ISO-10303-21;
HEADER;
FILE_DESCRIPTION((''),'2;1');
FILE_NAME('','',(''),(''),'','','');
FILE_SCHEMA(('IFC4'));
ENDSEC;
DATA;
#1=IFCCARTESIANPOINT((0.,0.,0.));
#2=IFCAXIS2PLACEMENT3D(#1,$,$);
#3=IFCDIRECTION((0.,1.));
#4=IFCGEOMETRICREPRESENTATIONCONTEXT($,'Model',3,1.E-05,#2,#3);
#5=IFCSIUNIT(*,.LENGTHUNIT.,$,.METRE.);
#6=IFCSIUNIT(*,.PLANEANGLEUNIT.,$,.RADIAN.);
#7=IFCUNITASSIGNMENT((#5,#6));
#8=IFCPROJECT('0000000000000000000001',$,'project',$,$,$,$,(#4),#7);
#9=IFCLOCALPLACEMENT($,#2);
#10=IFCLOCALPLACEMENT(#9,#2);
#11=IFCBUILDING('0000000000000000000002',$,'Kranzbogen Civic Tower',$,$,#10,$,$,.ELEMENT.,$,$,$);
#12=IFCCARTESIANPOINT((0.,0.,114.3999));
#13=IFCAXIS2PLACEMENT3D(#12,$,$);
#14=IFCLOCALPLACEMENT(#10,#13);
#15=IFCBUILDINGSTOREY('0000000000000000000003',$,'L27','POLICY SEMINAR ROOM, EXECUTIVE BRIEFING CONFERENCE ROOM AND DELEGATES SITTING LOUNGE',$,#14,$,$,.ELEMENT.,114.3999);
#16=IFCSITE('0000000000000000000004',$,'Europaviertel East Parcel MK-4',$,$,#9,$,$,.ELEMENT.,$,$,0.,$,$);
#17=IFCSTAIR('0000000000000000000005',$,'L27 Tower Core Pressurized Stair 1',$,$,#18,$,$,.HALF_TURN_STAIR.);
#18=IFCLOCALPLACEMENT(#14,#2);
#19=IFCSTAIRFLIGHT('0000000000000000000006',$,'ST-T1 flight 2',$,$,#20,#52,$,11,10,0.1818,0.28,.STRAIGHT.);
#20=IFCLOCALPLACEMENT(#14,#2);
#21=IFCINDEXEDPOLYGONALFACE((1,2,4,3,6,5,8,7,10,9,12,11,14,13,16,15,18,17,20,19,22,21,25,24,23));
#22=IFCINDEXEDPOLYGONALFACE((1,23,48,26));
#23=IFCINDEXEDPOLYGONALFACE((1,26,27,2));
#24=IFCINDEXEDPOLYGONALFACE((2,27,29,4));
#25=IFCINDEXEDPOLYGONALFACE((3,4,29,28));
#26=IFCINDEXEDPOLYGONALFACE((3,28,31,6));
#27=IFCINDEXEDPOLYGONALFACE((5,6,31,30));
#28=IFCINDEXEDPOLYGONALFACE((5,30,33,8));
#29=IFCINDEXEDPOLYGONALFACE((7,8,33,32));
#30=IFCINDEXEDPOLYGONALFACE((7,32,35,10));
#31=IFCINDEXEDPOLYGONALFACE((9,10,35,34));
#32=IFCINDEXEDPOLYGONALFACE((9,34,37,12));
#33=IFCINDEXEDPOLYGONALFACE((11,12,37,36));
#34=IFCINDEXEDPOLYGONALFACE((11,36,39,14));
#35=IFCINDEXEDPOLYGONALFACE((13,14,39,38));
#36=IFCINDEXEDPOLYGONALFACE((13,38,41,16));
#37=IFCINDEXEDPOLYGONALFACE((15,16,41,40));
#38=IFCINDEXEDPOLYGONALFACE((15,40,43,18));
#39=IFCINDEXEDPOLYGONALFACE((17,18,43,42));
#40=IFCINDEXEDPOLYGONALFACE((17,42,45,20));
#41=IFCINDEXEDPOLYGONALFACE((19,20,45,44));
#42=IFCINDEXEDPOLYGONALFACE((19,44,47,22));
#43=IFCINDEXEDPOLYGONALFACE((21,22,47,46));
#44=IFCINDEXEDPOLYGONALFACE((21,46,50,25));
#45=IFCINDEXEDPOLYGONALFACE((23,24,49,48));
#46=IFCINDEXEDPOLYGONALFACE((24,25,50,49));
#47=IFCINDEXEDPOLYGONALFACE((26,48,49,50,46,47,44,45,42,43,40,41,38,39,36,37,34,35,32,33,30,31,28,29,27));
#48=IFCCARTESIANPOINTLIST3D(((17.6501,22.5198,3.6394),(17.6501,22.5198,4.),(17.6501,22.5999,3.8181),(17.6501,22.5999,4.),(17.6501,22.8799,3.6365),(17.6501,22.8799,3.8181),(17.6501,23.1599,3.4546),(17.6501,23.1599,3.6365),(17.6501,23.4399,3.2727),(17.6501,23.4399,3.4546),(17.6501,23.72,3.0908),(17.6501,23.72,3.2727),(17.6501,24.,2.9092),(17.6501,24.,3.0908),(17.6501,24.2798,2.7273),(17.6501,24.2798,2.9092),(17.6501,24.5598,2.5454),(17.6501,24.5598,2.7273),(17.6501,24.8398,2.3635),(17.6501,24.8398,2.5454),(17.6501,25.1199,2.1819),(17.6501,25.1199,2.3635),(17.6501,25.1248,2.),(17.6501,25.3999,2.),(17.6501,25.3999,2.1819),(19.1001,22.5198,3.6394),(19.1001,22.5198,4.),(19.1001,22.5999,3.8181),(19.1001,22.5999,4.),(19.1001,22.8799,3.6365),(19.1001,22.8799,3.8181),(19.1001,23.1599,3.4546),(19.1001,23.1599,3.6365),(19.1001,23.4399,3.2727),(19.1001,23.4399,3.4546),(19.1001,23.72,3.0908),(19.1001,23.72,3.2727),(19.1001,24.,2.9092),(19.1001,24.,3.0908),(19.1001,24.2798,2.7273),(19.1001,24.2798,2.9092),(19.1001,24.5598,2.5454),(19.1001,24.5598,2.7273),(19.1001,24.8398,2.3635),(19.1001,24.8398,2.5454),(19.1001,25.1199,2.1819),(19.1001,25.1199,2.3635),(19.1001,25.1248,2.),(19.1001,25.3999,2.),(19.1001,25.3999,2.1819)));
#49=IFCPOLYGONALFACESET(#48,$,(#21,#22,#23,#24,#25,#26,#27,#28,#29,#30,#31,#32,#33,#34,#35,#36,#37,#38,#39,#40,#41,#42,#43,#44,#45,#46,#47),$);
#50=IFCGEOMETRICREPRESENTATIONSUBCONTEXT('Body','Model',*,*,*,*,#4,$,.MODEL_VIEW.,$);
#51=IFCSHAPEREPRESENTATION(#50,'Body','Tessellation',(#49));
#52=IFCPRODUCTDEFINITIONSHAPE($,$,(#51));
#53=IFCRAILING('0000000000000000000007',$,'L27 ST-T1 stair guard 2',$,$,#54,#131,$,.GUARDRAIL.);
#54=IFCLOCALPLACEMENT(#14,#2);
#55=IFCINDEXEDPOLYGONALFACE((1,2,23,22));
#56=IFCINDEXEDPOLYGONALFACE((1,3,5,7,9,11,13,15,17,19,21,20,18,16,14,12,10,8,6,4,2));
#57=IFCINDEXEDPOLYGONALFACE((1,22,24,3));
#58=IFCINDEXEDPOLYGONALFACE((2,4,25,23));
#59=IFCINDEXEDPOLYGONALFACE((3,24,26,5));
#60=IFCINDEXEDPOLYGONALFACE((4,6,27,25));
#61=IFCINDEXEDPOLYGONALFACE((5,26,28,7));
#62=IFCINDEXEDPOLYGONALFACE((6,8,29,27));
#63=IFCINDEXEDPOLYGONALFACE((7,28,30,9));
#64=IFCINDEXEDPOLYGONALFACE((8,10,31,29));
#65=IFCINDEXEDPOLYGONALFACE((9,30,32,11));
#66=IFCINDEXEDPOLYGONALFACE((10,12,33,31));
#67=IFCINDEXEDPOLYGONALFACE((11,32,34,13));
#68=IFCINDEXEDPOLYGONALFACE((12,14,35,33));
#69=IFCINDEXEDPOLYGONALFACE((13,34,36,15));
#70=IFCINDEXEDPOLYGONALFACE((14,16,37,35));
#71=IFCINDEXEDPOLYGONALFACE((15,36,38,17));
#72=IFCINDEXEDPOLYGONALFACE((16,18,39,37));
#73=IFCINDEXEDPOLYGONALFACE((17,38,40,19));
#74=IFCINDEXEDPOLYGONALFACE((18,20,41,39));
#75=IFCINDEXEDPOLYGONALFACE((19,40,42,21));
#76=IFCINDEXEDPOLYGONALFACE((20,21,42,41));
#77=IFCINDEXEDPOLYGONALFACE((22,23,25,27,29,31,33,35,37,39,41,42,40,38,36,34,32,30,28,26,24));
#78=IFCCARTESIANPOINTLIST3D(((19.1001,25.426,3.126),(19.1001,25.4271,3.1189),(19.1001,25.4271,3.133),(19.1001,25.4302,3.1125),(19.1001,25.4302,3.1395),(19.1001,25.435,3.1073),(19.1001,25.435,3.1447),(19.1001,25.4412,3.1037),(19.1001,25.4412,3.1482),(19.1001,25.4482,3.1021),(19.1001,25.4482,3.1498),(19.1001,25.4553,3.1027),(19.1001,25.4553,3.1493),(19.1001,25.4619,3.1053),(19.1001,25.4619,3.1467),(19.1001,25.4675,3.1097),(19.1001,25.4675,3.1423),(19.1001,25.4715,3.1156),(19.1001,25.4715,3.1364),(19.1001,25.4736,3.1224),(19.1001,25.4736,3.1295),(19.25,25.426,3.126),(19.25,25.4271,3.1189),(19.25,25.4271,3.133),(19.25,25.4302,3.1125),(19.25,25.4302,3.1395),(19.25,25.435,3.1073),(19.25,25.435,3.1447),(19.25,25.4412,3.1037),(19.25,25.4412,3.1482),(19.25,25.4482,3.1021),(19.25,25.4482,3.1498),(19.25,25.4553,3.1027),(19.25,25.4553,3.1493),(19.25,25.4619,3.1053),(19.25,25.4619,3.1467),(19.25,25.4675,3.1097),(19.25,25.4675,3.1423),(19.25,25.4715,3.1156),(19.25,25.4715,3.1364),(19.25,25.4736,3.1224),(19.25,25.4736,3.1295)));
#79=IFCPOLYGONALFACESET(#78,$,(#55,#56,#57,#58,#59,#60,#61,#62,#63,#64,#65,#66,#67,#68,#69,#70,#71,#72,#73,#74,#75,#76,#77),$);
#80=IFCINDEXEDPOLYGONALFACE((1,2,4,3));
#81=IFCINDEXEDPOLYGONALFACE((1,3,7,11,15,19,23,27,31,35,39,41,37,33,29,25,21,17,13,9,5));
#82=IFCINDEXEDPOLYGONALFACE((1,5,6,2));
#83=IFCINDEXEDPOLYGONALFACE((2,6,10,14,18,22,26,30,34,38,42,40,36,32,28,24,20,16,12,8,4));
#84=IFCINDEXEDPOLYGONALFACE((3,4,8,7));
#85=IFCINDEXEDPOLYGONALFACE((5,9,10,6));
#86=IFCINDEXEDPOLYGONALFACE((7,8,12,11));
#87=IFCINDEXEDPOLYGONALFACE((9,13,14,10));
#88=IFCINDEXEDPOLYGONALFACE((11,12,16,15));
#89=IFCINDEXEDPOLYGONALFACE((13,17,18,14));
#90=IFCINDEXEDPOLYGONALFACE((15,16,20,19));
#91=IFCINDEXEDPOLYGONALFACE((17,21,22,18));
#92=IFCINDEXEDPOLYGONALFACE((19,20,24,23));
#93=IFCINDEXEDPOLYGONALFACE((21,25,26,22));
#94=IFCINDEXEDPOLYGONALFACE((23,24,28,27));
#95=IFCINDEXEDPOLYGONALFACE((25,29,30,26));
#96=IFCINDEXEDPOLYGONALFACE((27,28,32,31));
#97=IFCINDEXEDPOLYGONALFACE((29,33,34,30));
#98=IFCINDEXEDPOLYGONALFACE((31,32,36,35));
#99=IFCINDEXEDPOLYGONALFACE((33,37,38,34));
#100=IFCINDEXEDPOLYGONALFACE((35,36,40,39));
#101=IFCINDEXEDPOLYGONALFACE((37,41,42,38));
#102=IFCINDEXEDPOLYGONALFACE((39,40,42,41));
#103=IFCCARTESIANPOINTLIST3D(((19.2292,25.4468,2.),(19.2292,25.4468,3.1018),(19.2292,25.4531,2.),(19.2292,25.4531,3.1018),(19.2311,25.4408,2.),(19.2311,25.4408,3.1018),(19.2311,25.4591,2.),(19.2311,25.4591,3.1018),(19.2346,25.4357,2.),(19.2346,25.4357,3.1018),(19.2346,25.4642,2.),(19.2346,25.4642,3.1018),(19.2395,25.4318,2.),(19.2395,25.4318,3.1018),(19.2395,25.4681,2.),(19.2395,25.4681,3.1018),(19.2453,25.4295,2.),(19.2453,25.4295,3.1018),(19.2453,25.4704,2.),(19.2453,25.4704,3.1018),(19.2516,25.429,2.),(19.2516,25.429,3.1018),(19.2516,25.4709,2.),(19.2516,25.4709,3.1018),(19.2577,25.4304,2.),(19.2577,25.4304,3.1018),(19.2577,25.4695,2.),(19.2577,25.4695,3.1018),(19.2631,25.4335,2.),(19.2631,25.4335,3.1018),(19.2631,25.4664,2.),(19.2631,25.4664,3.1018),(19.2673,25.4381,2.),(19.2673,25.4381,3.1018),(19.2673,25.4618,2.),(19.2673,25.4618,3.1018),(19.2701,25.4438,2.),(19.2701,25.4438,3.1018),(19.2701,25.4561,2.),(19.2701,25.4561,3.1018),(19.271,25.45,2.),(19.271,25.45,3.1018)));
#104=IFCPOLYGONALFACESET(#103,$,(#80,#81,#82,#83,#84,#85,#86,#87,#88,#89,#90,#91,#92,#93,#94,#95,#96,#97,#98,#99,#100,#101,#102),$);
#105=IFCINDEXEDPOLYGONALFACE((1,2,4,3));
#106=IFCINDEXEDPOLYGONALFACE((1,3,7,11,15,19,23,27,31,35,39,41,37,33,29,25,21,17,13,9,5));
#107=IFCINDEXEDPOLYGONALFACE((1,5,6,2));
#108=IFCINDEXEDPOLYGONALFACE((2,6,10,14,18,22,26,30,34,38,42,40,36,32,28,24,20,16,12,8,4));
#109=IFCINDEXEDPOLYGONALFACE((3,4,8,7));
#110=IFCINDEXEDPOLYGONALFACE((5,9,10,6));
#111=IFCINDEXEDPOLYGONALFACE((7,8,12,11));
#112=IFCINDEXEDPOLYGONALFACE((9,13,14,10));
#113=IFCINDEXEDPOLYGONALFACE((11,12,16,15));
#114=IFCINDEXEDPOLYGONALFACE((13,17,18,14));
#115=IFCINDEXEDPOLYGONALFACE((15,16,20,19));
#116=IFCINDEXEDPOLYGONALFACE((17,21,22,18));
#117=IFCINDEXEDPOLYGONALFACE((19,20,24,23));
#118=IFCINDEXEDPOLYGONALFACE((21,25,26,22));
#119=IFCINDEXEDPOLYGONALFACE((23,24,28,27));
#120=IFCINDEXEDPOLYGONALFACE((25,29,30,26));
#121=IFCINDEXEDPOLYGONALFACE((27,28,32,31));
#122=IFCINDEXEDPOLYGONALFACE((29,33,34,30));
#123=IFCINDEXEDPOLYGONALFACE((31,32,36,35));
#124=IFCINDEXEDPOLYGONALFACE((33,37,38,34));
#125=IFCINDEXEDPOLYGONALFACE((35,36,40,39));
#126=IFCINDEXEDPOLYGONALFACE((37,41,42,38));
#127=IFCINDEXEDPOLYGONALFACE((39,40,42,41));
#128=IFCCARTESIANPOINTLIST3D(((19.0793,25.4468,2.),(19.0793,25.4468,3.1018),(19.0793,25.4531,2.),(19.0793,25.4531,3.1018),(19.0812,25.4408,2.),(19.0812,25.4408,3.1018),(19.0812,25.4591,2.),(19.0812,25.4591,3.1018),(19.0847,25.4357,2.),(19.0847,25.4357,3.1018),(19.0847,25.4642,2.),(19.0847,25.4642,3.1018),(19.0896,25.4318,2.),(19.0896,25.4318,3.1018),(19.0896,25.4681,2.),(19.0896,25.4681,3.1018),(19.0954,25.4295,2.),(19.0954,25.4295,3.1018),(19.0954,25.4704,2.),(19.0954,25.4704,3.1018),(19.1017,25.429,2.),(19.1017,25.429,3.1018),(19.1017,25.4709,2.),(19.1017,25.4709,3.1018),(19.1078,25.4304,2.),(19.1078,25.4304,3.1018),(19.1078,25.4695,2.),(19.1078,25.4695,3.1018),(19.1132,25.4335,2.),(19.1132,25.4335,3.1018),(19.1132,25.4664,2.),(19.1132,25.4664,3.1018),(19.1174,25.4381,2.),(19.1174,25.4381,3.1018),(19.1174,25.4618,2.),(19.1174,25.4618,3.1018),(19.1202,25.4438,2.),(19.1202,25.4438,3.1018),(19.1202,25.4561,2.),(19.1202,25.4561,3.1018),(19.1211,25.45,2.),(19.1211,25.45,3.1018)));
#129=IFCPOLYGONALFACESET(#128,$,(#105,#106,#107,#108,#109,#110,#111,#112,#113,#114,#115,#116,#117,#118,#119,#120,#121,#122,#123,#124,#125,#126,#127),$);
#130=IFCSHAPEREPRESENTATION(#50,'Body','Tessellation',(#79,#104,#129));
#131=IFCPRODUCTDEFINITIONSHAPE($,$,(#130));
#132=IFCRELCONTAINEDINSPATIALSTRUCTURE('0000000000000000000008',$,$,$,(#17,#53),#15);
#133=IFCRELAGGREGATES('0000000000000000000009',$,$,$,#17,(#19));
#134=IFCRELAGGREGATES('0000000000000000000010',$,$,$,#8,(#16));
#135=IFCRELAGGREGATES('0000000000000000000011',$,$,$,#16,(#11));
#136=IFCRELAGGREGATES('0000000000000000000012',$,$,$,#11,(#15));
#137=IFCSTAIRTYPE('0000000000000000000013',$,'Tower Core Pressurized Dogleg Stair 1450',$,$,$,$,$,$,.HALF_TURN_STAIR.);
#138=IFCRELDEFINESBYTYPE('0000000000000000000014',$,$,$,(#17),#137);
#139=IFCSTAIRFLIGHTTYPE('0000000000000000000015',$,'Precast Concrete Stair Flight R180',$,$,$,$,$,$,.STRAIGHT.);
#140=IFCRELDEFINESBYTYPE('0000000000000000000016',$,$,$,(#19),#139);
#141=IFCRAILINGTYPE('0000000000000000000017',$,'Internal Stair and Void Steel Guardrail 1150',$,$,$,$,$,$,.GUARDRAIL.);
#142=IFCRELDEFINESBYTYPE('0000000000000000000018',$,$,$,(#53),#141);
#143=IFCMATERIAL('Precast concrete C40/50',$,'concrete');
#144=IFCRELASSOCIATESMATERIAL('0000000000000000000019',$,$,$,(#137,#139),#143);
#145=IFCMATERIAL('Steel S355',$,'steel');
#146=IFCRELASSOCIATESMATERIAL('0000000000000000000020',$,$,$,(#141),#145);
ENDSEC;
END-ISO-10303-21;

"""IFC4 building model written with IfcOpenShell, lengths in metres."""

from ifc_helpers import new_model, si_unit, direction, frame, origin, origin_2d, place, context, subcontext, project, spatial, polyline, circle, outline, extrude, material, type_object, element, aggregate, save


model = new_model("IFC4")

# Units and contexts
model_context = context("Model", 3, precision=1e-05, world=origin(), true_north=direction((0.0, 1.0)))
body_context = subcontext(model_context, "Body", "Model", "MODEL_VIEW")
ifc_project = project(units=[si_unit("LENGTHUNIT", "METRE"), si_unit("PLANEANGLEUNIT", "RADIAN")], contexts=[model_context])

# Site, building, storey
site_placement = place(None, origin())
site = spatial("IfcSite", under=ifc_project, at=site_placement, Name="Europaviertel East Parcel MK-4", CompositionType="ELEMENT", RefElevation=0.0)
building_placement = place(site_placement, origin())
building = spatial("IfcBuilding", under=site, at=building_placement, Name="Kranzbogen Civic Tower", CompositionType="ELEMENT")
storey_placement = place(building_placement, frame((0.0, 0.0, 114.3999)))
storey = spatial("IfcBuildingStorey", under=building, at=storey_placement, Name="L27", Description="POLICY SEMINAR ROOM, EXECUTIVE BRIEFING CONFERENCE ROOM AND DELEGATES SITTING LOUNGE", CompositionType="ELEMENT", Elevation=114.3999)

# Shared definitions
ifc_material_1 = material(Name="Steel S355", Category="steel")

# Stair, stair flight
ifc_material_2 = material(Name="Precast concrete C40/50", Category="concrete")
stair_type = type_object("IfcStairType", Name="Tower Core Pressurized Dogleg Stair 1450", PredefinedType="HALF_TURN_STAIR", material=ifc_material_2)
stair_placement = place(storey_placement, origin())
stair = element("IfcStair", 1, at=stair_placement, inside=storey, type_object=stair_type, Name="L27 Tower Core Pressurized Stair 1", PredefinedType="HALF_TURN_STAIR")
stair_flight_type = type_object("IfcStairFlightType", Name="Precast Concrete Stair Flight R180", PredefinedType="STRAIGHT", material=ifc_material_2)
stair_flight_placement = place(storey_placement, frame((18.375, 25.3999, 2.0), z_axis=(0.0, 0.0, 1.0), x_axis=(0.0, -1.0, 0.0)))
stair_flight = element("IfcStairFlight", 2, at=stair_flight_placement, type_object=stair_flight_type, Name="ST-T1 flight 2", NumberOfRisers=11, NumberOfTreads=10, PredefinedType="STRAIGHT", RiserHeight=0.1818, TreadLength=0.28, context=body_context, shape_type="SweptSolid", body=[
    extrude(outline(polyline([(0.0, 0.0), (0.0, 0.1819), (0.28, 0.1819), (0.28, 0.3635), (0.5601, 0.3635), (0.5601, 0.5454), (0.8401, 0.5454), (0.8401, 0.7273), (1.1201, 0.7273), (1.1201, 0.9092), (1.3999, 0.9092), (1.3999, 1.0908), (1.6799, 1.0908), (1.6799, 1.2727), (1.96, 1.2727), (1.96, 1.4546), (2.24, 1.4546), (2.24, 1.6365), (2.52, 1.6365), (2.52, 1.8181), (2.8, 1.8181), (2.8, 2.0), (2.8801, 2.0), (2.8801, 1.6394), (0.2751, 0.0), (0.0, 0.0)])), frame((0.0, 0.7251, 0.0), z_axis=(0.0, -1.0, 0.0), x_axis=(1.0, 0.0, 0.0)), (0.0, 0.0, 1.0), 1.45),
])
aggregate(stair, [stair_flight])

# Railing
railing_type_1 = type_object("IfcRailingType", Name="Internal Stair and Void Steel Guardrail 1150", PredefinedType="GUARDRAIL", material=ifc_material_1)
railing_1_placement = place(storey_placement, frame((19.25, 25.45, 2.0)))
element("IfcRailing", 3, at=railing_1_placement, inside=storey, type_object=railing_type_1, Name="L27 ST-T1 stair guard 2", PredefinedType="GUARDRAIL", context=body_context, shape_type="SweptSolid", body=[
    extrude(circle(Radius=0.0239, at=origin_2d()), frame((0.0, 0.0, 1.126), z_axis=(-1.0, 0.0, 0.0), x_axis=(0.0, -1.0, 0.0)), (0.0, 0.0, 1.0), 0.1499),
    extrude(circle(Radius=0.021, at=origin_2d()), origin(), (0.0, 0.0, 1.0), 1.1018),
    extrude(circle(Radius=0.021, at=origin_2d()), frame((-0.1499, 0.0, 0.0)), (0.0, 0.0, 1.0), 1.1018),
])

save(model, "model.ifc")
